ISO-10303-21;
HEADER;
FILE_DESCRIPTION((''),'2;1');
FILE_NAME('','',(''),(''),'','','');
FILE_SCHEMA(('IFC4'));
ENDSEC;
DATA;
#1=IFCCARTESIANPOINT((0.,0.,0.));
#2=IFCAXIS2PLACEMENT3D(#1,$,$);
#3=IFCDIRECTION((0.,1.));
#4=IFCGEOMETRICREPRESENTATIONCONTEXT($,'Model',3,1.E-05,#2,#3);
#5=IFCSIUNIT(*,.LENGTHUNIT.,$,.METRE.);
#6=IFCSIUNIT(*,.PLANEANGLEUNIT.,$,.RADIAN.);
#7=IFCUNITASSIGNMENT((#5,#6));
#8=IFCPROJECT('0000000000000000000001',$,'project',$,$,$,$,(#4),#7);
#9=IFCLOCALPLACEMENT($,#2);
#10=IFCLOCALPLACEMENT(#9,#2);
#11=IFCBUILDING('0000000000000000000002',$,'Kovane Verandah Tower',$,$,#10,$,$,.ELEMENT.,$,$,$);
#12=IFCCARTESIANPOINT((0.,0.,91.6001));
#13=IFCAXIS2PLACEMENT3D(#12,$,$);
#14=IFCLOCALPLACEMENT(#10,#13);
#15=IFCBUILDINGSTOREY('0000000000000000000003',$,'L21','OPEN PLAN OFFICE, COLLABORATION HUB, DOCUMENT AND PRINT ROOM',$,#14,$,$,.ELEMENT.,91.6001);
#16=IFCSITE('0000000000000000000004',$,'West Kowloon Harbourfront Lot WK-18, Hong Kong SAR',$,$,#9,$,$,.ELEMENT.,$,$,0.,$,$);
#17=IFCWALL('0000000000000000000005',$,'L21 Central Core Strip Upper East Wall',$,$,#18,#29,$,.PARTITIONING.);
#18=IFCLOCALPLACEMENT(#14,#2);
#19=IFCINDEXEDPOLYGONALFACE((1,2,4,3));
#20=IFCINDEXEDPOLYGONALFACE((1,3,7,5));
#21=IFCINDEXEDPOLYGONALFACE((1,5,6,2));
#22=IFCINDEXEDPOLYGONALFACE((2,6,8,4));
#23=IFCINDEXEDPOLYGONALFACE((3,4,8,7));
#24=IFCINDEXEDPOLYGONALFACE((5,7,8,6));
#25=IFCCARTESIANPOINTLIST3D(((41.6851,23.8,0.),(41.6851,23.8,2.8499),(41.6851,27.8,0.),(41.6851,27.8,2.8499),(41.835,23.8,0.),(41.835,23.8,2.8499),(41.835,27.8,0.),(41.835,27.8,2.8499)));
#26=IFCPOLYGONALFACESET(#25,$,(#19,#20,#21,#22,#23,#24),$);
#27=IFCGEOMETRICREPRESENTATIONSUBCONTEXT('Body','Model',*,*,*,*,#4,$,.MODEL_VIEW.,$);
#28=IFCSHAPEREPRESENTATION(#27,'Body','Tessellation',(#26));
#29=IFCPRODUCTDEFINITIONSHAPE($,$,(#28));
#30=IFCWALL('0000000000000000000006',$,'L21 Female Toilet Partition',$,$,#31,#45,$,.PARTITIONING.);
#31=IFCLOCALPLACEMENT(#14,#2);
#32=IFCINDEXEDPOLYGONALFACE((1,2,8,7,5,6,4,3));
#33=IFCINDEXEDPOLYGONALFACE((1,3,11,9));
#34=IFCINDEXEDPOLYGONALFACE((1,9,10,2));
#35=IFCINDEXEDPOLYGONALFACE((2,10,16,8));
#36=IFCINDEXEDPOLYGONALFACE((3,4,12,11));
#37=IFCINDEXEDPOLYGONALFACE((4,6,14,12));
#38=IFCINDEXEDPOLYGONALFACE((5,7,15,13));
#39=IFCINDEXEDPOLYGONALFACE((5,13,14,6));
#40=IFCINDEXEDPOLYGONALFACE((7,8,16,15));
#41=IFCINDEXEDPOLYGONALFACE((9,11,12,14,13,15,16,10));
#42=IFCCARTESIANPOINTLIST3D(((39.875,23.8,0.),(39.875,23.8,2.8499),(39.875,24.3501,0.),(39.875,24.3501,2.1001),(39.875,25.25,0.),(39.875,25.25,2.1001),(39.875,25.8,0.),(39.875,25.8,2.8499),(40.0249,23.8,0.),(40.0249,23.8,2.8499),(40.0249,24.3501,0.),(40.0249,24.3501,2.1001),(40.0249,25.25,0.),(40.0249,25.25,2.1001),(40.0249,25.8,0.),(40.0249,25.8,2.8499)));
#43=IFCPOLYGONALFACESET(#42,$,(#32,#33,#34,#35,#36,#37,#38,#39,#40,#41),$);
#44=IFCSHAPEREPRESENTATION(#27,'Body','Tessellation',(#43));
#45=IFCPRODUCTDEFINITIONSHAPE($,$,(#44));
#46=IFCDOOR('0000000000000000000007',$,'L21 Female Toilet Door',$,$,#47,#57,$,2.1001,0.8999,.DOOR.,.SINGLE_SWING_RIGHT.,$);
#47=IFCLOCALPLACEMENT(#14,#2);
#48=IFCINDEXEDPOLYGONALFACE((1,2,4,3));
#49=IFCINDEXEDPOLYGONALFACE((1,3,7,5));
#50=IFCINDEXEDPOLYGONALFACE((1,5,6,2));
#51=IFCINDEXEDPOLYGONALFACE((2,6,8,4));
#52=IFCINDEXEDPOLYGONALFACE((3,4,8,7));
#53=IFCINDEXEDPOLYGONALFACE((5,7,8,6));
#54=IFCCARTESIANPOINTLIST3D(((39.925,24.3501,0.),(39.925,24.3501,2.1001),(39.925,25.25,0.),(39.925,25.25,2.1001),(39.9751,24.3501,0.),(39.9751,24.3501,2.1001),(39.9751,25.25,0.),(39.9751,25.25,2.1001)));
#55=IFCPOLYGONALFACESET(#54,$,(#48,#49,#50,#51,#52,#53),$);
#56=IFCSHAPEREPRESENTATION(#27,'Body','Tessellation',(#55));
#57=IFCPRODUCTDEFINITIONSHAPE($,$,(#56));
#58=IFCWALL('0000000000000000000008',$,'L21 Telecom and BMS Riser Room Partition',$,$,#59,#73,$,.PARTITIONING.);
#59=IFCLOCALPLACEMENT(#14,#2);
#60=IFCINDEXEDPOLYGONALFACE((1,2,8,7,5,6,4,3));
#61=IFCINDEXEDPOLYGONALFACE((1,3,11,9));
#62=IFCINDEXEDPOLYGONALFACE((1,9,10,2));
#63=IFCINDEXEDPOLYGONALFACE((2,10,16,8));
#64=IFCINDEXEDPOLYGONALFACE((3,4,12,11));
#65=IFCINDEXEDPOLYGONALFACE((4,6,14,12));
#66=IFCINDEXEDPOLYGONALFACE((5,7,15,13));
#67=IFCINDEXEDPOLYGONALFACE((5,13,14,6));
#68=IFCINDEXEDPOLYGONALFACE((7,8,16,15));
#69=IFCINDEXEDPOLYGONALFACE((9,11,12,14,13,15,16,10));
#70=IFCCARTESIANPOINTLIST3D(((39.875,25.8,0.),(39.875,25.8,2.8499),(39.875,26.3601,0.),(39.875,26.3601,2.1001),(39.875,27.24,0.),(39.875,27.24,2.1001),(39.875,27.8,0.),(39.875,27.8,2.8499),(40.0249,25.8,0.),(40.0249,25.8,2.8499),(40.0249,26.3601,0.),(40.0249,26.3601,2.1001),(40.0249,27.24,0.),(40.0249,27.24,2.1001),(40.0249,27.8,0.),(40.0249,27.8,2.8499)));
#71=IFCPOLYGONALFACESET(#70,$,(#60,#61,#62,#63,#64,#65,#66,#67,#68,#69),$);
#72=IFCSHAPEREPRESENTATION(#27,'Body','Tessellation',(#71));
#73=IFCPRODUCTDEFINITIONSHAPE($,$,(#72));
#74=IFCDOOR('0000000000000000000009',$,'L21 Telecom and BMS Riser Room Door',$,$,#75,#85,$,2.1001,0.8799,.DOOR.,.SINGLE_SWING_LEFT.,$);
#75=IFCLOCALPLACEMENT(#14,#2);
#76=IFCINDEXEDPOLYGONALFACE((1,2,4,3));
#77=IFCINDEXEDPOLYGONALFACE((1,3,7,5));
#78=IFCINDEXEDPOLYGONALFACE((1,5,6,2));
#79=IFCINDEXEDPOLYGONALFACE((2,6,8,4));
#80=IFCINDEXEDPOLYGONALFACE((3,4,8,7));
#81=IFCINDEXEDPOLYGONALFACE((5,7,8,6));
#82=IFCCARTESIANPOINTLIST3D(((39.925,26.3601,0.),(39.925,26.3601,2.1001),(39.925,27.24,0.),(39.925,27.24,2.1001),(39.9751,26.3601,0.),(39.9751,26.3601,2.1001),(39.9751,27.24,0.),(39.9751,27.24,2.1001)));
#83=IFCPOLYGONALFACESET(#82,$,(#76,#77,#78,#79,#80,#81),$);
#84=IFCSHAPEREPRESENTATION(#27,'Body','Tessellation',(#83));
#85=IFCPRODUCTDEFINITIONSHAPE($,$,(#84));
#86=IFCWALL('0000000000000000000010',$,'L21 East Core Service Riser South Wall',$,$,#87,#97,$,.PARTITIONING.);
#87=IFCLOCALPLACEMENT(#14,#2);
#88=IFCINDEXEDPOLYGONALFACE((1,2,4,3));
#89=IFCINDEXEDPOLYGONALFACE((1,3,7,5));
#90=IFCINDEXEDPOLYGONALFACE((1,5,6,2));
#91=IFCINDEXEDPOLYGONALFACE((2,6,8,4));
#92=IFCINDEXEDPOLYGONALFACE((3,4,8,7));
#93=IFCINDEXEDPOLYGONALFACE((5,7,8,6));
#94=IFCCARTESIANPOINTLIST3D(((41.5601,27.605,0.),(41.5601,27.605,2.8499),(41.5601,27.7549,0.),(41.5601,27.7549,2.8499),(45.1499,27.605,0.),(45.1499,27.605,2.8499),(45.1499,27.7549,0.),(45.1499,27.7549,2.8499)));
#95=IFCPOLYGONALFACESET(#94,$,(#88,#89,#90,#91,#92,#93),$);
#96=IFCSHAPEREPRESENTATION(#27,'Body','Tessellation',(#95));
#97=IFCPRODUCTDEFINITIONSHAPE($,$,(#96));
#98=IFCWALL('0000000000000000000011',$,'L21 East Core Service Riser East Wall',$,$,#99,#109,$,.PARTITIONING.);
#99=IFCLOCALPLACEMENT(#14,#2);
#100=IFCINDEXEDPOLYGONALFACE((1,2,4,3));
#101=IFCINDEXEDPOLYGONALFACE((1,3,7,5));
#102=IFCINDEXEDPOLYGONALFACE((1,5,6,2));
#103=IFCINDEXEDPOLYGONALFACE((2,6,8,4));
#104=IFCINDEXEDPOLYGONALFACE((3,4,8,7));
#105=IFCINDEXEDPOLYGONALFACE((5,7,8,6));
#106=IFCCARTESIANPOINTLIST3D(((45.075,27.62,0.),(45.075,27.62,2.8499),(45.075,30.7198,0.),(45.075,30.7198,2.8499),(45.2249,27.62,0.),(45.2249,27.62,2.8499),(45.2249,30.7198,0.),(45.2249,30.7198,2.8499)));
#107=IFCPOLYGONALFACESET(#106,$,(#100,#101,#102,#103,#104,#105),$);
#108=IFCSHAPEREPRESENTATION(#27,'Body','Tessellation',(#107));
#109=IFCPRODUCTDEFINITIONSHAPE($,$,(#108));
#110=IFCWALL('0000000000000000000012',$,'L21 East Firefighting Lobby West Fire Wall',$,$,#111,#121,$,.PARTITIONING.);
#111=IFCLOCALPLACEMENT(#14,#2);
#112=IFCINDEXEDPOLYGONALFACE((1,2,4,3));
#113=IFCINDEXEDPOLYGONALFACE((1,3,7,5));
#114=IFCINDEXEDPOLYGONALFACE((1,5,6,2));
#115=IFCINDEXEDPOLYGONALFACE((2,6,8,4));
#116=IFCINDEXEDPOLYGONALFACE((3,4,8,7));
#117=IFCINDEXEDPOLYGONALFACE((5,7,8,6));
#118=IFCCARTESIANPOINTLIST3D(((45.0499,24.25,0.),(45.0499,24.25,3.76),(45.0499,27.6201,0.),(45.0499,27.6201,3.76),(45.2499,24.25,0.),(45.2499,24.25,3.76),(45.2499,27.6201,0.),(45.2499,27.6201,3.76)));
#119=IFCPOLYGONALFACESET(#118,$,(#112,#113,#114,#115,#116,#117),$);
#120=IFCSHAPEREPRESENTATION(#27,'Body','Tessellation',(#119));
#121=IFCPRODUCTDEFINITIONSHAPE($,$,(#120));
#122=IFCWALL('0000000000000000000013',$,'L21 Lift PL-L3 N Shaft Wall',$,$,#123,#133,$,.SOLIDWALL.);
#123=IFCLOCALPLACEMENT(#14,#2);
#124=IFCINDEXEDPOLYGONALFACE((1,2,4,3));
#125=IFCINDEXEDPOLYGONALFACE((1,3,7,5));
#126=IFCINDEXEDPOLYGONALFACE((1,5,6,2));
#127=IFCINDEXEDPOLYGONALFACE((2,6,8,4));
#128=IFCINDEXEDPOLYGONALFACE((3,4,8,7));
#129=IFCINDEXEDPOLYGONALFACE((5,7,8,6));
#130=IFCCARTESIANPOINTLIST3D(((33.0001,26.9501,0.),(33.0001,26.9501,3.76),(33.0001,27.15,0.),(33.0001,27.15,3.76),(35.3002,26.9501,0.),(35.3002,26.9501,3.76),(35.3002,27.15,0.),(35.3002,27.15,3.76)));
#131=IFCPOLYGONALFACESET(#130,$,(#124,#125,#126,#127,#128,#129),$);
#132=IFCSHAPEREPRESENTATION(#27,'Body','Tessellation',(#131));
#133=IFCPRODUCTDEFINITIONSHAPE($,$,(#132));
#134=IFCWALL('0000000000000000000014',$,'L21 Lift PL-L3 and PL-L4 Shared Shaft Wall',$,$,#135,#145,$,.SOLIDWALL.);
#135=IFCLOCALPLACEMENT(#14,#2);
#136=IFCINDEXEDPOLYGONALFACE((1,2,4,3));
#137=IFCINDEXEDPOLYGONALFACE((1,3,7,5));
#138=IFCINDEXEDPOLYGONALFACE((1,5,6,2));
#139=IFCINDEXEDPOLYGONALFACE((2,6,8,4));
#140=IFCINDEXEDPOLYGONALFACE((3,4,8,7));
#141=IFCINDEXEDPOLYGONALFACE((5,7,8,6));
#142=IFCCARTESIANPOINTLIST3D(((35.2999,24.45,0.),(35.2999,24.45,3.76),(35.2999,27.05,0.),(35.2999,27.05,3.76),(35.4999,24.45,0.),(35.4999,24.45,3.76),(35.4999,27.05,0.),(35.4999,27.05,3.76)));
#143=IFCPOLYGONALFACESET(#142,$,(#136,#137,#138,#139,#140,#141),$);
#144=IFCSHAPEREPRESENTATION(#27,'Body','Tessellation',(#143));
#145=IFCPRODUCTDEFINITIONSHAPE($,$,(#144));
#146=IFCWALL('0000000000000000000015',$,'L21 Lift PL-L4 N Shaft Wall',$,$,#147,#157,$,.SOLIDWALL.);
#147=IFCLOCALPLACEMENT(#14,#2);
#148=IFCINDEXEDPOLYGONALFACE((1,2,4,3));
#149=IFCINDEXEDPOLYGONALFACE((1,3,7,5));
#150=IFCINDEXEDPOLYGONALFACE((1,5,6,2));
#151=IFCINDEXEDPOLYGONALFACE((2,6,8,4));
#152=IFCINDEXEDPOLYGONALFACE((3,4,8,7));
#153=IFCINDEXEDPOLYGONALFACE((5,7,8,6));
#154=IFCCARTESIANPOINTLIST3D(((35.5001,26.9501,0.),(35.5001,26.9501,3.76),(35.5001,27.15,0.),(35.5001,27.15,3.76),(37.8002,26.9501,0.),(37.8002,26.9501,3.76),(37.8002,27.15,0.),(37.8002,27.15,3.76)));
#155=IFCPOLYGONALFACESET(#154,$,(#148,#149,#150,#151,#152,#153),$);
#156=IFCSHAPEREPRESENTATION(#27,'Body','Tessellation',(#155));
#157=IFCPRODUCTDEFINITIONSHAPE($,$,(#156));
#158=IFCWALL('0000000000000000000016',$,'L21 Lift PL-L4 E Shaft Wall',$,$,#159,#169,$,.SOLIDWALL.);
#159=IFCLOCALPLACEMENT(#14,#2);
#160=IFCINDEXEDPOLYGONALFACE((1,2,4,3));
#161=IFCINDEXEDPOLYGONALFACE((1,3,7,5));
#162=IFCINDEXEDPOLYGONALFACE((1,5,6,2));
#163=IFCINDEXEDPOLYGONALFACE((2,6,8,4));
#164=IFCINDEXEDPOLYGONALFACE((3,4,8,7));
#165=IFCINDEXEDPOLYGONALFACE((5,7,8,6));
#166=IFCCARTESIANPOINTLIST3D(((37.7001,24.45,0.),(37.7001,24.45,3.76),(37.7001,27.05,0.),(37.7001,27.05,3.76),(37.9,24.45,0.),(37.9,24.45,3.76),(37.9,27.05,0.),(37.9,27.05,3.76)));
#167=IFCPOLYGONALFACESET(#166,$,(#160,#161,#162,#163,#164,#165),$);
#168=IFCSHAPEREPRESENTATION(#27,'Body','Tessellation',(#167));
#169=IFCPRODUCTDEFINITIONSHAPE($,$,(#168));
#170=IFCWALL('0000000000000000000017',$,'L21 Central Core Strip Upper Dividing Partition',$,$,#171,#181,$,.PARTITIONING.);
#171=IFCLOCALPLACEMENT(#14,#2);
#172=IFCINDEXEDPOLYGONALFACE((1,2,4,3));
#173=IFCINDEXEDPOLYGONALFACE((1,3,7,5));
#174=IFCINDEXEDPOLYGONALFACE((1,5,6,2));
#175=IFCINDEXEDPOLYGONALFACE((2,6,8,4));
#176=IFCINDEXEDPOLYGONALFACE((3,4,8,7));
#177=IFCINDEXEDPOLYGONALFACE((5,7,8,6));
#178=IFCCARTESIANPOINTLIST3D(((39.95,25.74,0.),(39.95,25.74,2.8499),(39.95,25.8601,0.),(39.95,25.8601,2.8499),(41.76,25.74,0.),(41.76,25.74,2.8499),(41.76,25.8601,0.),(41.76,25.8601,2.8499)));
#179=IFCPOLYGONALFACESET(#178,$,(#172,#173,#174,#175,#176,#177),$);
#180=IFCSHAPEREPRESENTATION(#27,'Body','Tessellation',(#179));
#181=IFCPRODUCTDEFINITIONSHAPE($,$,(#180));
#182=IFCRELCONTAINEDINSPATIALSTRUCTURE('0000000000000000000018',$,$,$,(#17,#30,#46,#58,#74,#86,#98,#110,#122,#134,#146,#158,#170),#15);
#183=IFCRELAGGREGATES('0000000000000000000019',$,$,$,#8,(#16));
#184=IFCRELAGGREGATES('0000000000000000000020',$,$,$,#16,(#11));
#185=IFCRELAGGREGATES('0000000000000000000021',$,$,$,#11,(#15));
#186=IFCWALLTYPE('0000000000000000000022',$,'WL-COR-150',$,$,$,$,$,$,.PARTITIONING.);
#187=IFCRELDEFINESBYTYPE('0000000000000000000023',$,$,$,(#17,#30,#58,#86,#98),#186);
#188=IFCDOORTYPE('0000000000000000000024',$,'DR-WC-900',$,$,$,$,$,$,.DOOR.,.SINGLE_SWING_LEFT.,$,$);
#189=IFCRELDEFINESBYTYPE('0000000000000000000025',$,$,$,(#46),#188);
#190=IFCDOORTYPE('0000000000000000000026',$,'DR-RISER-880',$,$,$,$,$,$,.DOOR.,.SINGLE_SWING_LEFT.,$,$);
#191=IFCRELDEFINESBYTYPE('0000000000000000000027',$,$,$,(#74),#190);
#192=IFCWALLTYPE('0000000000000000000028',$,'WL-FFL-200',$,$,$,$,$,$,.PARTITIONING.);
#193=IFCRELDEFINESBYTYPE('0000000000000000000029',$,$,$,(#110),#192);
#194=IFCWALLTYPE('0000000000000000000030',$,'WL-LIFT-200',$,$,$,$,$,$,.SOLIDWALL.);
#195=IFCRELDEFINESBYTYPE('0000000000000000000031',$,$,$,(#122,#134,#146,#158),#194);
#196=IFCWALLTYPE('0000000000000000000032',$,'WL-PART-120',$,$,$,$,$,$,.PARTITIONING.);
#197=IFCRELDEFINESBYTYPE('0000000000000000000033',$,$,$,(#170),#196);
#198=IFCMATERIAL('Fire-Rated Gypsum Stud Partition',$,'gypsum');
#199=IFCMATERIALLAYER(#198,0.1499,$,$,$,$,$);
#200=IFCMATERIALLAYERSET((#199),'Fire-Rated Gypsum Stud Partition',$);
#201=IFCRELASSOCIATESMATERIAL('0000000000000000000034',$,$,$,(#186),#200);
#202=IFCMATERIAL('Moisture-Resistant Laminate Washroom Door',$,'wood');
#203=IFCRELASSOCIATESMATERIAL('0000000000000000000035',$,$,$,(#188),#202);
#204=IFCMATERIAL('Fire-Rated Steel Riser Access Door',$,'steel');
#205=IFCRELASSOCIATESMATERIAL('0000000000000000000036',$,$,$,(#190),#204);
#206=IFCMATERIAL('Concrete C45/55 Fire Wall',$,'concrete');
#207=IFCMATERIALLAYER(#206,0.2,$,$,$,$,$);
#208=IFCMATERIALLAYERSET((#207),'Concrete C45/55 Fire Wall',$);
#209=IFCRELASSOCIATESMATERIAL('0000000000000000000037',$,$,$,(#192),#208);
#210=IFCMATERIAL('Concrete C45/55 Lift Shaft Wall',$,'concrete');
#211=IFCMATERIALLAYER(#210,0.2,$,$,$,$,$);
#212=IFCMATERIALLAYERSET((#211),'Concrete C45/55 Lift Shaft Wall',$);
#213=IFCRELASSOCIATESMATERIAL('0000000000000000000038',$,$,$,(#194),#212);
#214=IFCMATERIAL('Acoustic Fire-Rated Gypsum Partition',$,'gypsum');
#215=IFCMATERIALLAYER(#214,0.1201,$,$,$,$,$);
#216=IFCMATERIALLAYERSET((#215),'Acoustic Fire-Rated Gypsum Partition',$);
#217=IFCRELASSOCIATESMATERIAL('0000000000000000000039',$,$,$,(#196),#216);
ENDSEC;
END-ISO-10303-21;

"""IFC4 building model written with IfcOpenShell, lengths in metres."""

from ifc_helpers import new_model, si_unit, direction, frame, frame_2d, origin, place, context, subcontext, project, spatial, rectangle, extrude, material, layer, layer_set, type_object, element, fill, save


model = new_model("IFC4")

# Units and contexts
model_context = context("Model", 3, precision=1e-05, world=origin(), true_north=direction((0.0, 1.0)))
body_context = subcontext(model_context, "Body", "Model", "MODEL_VIEW")
ifc_project = project(units=[si_unit("LENGTHUNIT", "METRE"), si_unit("PLANEANGLEUNIT", "RADIAN")], contexts=[model_context])

# Site, building, storey
site_placement = place(None, origin())
site = spatial("IfcSite", under=ifc_project, at=site_placement, Name="West Kowloon Harbourfront Lot WK-18, Hong Kong SAR", CompositionType="ELEMENT", RefElevation=0.0)
building_placement = place(site_placement, origin())
building = spatial("IfcBuilding", under=site, at=building_placement, Name="Kovane Verandah Tower", CompositionType="ELEMENT")
storey_placement = place(building_placement, frame((0.0, 0.0, 91.6001)))
storey = spatial("IfcBuildingStorey", under=building, at=storey_placement, Name="L21", Description="OPEN PLAN OFFICE, COLLABORATION HUB, DOCUMENT AND PRINT ROOM", CompositionType="ELEMENT", Elevation=91.6001)

# Wall
ifc_material_1 = material(Name="Fire-Rated Gypsum Stud Partition", Category="gypsum")
ifc_layer_1 = layer(ifc_material_1, 0.1499)
ifc_layer_set_1 = layer_set([ifc_layer_1], Name="Fire-Rated Gypsum Stud Partition")
wall_type_1 = type_object("IfcWallType", Name="WL-COR-150", PredefinedType="PARTITIONING", material=ifc_layer_set_1)
wall_1_placement = place(storey_placement, frame((41.76, 23.8, 0.0), z_axis=(0.0, 0.0, 1.0), x_axis=(0.0, 1.0, 0.0)))
element("IfcWall", 1, at=wall_1_placement, inside=storey, type_object=wall_type_1, Name="L21 Central Core Strip Upper East Wall", PredefinedType="PARTITIONING", context=body_context, shape_type="SweptSolid", body=[
    extrude(rectangle(XDim=4.0, YDim=0.1499, at=frame_2d((2.0, 0.0))), origin(), (0.0, 0.0, 1.0), 2.8499),
])

# Walls, openings, doors
wall_2_placement = place(storey_placement, frame((39.95, 23.8, 0.0), z_axis=(0.0, 0.0, 1.0), x_axis=(0.0, 1.0, 0.0)))
wall_2 = element("IfcWall", 2, at=wall_2_placement, inside=storey, type_object=wall_type_1, Name="L21 Female Toilet Partition", PredefinedType="PARTITIONING", context=body_context, shape_type="SweptSolid", body=[
    extrude(rectangle(XDim=2.0, YDim=0.1499, at=frame_2d((1.0, 0.0))), origin(), (0.0, 0.0, 1.0), 2.8499),
])
opening_1_placement = place(wall_2_placement, frame((0.55, 0.0, 0.0)))
opening_1 = element("IfcOpeningElement", 3, at=opening_1_placement, cuts=wall_2, PredefinedType="OPENING", context=body_context, shape_type="SweptSolid", body=[
    extrude(rectangle(XDim=0.8999, YDim=2.1001, at=frame_2d((0.45, 1.05))), frame((0.0, 0.075, 0.0), z_axis=(0.0, -1.0, 0.0), x_axis=(1.0, 0.0, 0.0)), (0.0, 0.0, 1.0), 0.1499),
])
ifc_material_2 = material(Name="Moisture-Resistant Laminate Washroom Door", Category="wood")
door_type_1 = type_object("IfcDoorType", Name="DR-WC-900", OperationType="SINGLE_SWING_LEFT", PredefinedType="DOOR", material=ifc_material_2)
door_1_placement = place(opening_1_placement, origin())
door_1 = element("IfcDoor", 4, at=door_1_placement, inside=storey, type_object=door_type_1, Name="L21 Female Toilet Door", OperationType="SINGLE_SWING_RIGHT", OverallHeight=2.1001, OverallWidth=0.8999, PredefinedType="DOOR", context=body_context, shape_type="SweptSolid", body=[
    extrude(rectangle(XDim=0.8999, YDim=2.1001, at=frame_2d((0.45, 1.05))), frame((0.0, 0.0249, 0.0), z_axis=(0.0, -1.0, 0.0), x_axis=(1.0, 0.0, 0.0)), (0.0, 0.0, 1.0), 0.05),
])
fill(opening_1, door_1)
wall_3_placement = place(storey_placement, frame((39.95, 25.8, 0.0), z_axis=(0.0, 0.0, 1.0), x_axis=(0.0, 1.0, 0.0)))
wall_3 = element("IfcWall", 5, at=wall_3_placement, inside=storey, type_object=wall_type_1, Name="L21 Telecom and BMS Riser Room Partition", PredefinedType="PARTITIONING", context=body_context, shape_type="SweptSolid", body=[
    extrude(rectangle(XDim=2.0, YDim=0.1499, at=frame_2d((1.0, 0.0))), origin(), (0.0, 0.0, 1.0), 2.8499),
])
opening_2_placement = place(wall_3_placement, frame((0.5601, 0.0, 0.0)))
opening_2 = element("IfcOpeningElement", 6, at=opening_2_placement, cuts=wall_3, PredefinedType="OPENING", context=body_context, shape_type="SweptSolid", body=[
    extrude(rectangle(XDim=0.8799, YDim=2.1001, at=frame_2d((0.4399, 1.05))), frame((0.0, 0.075, 0.0), z_axis=(0.0, -1.0, 0.0), x_axis=(1.0, 0.0, 0.0)), (0.0, 0.0, 1.0), 0.1499),
])
ifc_material_3 = material(Name="Fire-Rated Steel Riser Access Door", Category="steel")
door_type_2 = type_object("IfcDoorType", Name="DR-RISER-880", OperationType="SINGLE_SWING_LEFT", PredefinedType="DOOR", material=ifc_material_3)
door_2_placement = place(opening_2_placement, origin())
door_2 = element("IfcDoor", 7, at=door_2_placement, inside=storey, type_object=door_type_2, Name="L21 Telecom and BMS Riser Room Door", OperationType="SINGLE_SWING_LEFT", OverallHeight=2.1001, OverallWidth=0.8799, PredefinedType="DOOR", context=body_context, shape_type="SweptSolid", body=[
    extrude(rectangle(XDim=0.8799, YDim=2.1001, at=frame_2d((0.4399, 1.05))), frame((0.0, 0.0249, 0.0), z_axis=(0.0, -1.0, 0.0), x_axis=(1.0, 0.0, 0.0)), (0.0, 0.0, 1.0), 0.05),
])
fill(opening_2, door_2)

# Wall
wall_4_placement = place(storey_placement, frame((41.5601, 27.6799, 0.0), z_axis=(0.0, 0.0, 1.0), x_axis=(1.0, 0.0, 0.0)))
element("IfcWall", 8, at=wall_4_placement, inside=storey, type_object=wall_type_1, Name="L21 East Core Service Riser South Wall", PredefinedType="PARTITIONING", context=body_context, shape_type="SweptSolid", body=[
    extrude(rectangle(XDim=3.5898, YDim=0.1499, at=frame_2d((1.7949, 0.0))), origin(), (0.0, 0.0, 1.0), 2.8499),
])

# Wall
wall_5_placement = place(storey_placement, frame((45.1499, 27.6201, 0.0), z_axis=(0.0, 0.0, 1.0), x_axis=(0.0, 1.0, 0.0)))
element("IfcWall", 9, at=wall_5_placement, inside=storey, type_object=wall_type_1, Name="L21 East Core Service Riser East Wall", PredefinedType="PARTITIONING", context=body_context, shape_type="SweptSolid", body=[
    extrude(rectangle(XDim=3.0999, YDim=0.1499, at=frame_2d((1.5498, 0.0))), origin(), (0.0, 0.0, 1.0), 2.8499),
])

# Shared definitions
ifc_material_4 = material(Name="Concrete C45/55 Fire Wall", Category="concrete")
ifc_layer_2 = layer(ifc_material_4, 0.2)
ifc_layer_set_2 = layer_set([ifc_layer_2], Name="Concrete C45/55 Fire Wall")
wall_type_2 = type_object("IfcWallType", Name="WL-FFL-200", PredefinedType="PARTITIONING", material=ifc_layer_set_2)

# Wall
wall_6_placement = place(storey_placement, frame((45.1499, 24.25, 0.0), z_axis=(0.0, 0.0, 1.0), x_axis=(0.0, 1.0, 0.0)))
element("IfcWall", 10, at=wall_6_placement, inside=storey, type_object=wall_type_2, Name="L21 East Firefighting Lobby West Fire Wall", PredefinedType="PARTITIONING", context=body_context, shape_type="SweptSolid", body=[
    extrude(rectangle(XDim=3.3701, YDim=0.2, at=frame_2d((1.6851, 0.0))), origin(), (0.0, 0.0, 1.0), 3.76),
])

# Shared definitions
ifc_material_5 = material(Name="Concrete C45/55 Lift Shaft Wall", Category="concrete")
ifc_layer_3 = layer(ifc_material_5, 0.2)
ifc_layer_set_3 = layer_set([ifc_layer_3], Name="Concrete C45/55 Lift Shaft Wall")
wall_type_3 = type_object("IfcWallType", Name="WL-LIFT-200", PredefinedType="SOLIDWALL", material=ifc_layer_set_3)

# Walls
wall_7_placement = place(storey_placement, frame((35.3, 27.05, 0.0), z_axis=(0.0, 0.0, 1.0), x_axis=(-1.0, 0.0, 0.0)))
element("IfcWall", 11, at=wall_7_placement, inside=storey, type_object=wall_type_3, Name="L21 Lift PL-L3 N Shaft Wall", PredefinedType="SOLIDWALL", context=body_context, shape_type="SweptSolid", body=[
    extrude(rectangle(XDim=2.3, YDim=0.2, at=frame_2d((1.1499, 0.0))), origin(), (0.0, 0.0, 1.0), 3.76),
])
wall_8_placement = place(storey_placement, frame((35.3999, 24.45, 0.0), z_axis=(0.0, 0.0, 1.0), x_axis=(0.0, 1.0, 0.0)))
element("IfcWall", 12, at=wall_8_placement, inside=storey, type_object=wall_type_3, Name="L21 Lift PL-L3 and PL-L4 Shared Shaft Wall", PredefinedType="SOLIDWALL", context=body_context, shape_type="SweptSolid", body=[
    extrude(rectangle(XDim=2.6001, YDim=0.2, at=frame_2d((1.3, 0.0))), origin(), (0.0, 0.0, 1.0), 3.76),
])

# Walls
wall_9_placement = place(storey_placement, frame((37.8, 27.05, 0.0), z_axis=(0.0, 0.0, 1.0), x_axis=(-1.0, 0.0, 0.0)))
element("IfcWall", 13, at=wall_9_placement, inside=storey, type_object=wall_type_3, Name="L21 Lift PL-L4 N Shaft Wall", PredefinedType="SOLIDWALL", context=body_context, shape_type="SweptSolid", body=[
    extrude(rectangle(XDim=2.3, YDim=0.2, at=frame_2d((1.1499, 0.0))), origin(), (0.0, 0.0, 1.0), 3.76),
])
wall_10_placement = place(storey_placement, frame((37.8, 24.45, 0.0), z_axis=(0.0, 0.0, 1.0), x_axis=(0.0, 1.0, 0.0)))
element("IfcWall", 14, at=wall_10_placement, inside=storey, type_object=wall_type_3, Name="L21 Lift PL-L4 E Shaft Wall", PredefinedType="SOLIDWALL", context=body_context, shape_type="SweptSolid", body=[
    extrude(rectangle(XDim=2.6001, YDim=0.2, at=frame_2d((1.3, 0.0))), origin(), (0.0, 0.0, 1.0), 3.76),
])
ifc_material_6 = material(Name="Acoustic Fire-Rated Gypsum Partition", Category="gypsum")
ifc_layer_4 = layer(ifc_material_6, 0.1201)
ifc_layer_set_4 = layer_set([ifc_layer_4], Name="Acoustic Fire-Rated Gypsum Partition")
wall_type_4 = type_object("IfcWallType", Name="WL-PART-120", PredefinedType="PARTITIONING", material=ifc_layer_set_4)
wall_11_placement = place(storey_placement, frame((39.95, 25.8, 0.0), z_axis=(0.0, 0.0, 1.0), x_axis=(1.0, 0.0, 0.0)))
element("IfcWall", 15, at=wall_11_placement, inside=storey, type_object=wall_type_4, Name="L21 Central Core Strip Upper Dividing Partition", PredefinedType="PARTITIONING", context=body_context, shape_type="SweptSolid", body=[
    extrude(rectangle(XDim=1.8101, YDim=0.1201, at=frame_2d((0.905, 0.0))), origin(), (0.0, 0.0, 1.0), 2.8499),
])

save(model, "model.ifc")
